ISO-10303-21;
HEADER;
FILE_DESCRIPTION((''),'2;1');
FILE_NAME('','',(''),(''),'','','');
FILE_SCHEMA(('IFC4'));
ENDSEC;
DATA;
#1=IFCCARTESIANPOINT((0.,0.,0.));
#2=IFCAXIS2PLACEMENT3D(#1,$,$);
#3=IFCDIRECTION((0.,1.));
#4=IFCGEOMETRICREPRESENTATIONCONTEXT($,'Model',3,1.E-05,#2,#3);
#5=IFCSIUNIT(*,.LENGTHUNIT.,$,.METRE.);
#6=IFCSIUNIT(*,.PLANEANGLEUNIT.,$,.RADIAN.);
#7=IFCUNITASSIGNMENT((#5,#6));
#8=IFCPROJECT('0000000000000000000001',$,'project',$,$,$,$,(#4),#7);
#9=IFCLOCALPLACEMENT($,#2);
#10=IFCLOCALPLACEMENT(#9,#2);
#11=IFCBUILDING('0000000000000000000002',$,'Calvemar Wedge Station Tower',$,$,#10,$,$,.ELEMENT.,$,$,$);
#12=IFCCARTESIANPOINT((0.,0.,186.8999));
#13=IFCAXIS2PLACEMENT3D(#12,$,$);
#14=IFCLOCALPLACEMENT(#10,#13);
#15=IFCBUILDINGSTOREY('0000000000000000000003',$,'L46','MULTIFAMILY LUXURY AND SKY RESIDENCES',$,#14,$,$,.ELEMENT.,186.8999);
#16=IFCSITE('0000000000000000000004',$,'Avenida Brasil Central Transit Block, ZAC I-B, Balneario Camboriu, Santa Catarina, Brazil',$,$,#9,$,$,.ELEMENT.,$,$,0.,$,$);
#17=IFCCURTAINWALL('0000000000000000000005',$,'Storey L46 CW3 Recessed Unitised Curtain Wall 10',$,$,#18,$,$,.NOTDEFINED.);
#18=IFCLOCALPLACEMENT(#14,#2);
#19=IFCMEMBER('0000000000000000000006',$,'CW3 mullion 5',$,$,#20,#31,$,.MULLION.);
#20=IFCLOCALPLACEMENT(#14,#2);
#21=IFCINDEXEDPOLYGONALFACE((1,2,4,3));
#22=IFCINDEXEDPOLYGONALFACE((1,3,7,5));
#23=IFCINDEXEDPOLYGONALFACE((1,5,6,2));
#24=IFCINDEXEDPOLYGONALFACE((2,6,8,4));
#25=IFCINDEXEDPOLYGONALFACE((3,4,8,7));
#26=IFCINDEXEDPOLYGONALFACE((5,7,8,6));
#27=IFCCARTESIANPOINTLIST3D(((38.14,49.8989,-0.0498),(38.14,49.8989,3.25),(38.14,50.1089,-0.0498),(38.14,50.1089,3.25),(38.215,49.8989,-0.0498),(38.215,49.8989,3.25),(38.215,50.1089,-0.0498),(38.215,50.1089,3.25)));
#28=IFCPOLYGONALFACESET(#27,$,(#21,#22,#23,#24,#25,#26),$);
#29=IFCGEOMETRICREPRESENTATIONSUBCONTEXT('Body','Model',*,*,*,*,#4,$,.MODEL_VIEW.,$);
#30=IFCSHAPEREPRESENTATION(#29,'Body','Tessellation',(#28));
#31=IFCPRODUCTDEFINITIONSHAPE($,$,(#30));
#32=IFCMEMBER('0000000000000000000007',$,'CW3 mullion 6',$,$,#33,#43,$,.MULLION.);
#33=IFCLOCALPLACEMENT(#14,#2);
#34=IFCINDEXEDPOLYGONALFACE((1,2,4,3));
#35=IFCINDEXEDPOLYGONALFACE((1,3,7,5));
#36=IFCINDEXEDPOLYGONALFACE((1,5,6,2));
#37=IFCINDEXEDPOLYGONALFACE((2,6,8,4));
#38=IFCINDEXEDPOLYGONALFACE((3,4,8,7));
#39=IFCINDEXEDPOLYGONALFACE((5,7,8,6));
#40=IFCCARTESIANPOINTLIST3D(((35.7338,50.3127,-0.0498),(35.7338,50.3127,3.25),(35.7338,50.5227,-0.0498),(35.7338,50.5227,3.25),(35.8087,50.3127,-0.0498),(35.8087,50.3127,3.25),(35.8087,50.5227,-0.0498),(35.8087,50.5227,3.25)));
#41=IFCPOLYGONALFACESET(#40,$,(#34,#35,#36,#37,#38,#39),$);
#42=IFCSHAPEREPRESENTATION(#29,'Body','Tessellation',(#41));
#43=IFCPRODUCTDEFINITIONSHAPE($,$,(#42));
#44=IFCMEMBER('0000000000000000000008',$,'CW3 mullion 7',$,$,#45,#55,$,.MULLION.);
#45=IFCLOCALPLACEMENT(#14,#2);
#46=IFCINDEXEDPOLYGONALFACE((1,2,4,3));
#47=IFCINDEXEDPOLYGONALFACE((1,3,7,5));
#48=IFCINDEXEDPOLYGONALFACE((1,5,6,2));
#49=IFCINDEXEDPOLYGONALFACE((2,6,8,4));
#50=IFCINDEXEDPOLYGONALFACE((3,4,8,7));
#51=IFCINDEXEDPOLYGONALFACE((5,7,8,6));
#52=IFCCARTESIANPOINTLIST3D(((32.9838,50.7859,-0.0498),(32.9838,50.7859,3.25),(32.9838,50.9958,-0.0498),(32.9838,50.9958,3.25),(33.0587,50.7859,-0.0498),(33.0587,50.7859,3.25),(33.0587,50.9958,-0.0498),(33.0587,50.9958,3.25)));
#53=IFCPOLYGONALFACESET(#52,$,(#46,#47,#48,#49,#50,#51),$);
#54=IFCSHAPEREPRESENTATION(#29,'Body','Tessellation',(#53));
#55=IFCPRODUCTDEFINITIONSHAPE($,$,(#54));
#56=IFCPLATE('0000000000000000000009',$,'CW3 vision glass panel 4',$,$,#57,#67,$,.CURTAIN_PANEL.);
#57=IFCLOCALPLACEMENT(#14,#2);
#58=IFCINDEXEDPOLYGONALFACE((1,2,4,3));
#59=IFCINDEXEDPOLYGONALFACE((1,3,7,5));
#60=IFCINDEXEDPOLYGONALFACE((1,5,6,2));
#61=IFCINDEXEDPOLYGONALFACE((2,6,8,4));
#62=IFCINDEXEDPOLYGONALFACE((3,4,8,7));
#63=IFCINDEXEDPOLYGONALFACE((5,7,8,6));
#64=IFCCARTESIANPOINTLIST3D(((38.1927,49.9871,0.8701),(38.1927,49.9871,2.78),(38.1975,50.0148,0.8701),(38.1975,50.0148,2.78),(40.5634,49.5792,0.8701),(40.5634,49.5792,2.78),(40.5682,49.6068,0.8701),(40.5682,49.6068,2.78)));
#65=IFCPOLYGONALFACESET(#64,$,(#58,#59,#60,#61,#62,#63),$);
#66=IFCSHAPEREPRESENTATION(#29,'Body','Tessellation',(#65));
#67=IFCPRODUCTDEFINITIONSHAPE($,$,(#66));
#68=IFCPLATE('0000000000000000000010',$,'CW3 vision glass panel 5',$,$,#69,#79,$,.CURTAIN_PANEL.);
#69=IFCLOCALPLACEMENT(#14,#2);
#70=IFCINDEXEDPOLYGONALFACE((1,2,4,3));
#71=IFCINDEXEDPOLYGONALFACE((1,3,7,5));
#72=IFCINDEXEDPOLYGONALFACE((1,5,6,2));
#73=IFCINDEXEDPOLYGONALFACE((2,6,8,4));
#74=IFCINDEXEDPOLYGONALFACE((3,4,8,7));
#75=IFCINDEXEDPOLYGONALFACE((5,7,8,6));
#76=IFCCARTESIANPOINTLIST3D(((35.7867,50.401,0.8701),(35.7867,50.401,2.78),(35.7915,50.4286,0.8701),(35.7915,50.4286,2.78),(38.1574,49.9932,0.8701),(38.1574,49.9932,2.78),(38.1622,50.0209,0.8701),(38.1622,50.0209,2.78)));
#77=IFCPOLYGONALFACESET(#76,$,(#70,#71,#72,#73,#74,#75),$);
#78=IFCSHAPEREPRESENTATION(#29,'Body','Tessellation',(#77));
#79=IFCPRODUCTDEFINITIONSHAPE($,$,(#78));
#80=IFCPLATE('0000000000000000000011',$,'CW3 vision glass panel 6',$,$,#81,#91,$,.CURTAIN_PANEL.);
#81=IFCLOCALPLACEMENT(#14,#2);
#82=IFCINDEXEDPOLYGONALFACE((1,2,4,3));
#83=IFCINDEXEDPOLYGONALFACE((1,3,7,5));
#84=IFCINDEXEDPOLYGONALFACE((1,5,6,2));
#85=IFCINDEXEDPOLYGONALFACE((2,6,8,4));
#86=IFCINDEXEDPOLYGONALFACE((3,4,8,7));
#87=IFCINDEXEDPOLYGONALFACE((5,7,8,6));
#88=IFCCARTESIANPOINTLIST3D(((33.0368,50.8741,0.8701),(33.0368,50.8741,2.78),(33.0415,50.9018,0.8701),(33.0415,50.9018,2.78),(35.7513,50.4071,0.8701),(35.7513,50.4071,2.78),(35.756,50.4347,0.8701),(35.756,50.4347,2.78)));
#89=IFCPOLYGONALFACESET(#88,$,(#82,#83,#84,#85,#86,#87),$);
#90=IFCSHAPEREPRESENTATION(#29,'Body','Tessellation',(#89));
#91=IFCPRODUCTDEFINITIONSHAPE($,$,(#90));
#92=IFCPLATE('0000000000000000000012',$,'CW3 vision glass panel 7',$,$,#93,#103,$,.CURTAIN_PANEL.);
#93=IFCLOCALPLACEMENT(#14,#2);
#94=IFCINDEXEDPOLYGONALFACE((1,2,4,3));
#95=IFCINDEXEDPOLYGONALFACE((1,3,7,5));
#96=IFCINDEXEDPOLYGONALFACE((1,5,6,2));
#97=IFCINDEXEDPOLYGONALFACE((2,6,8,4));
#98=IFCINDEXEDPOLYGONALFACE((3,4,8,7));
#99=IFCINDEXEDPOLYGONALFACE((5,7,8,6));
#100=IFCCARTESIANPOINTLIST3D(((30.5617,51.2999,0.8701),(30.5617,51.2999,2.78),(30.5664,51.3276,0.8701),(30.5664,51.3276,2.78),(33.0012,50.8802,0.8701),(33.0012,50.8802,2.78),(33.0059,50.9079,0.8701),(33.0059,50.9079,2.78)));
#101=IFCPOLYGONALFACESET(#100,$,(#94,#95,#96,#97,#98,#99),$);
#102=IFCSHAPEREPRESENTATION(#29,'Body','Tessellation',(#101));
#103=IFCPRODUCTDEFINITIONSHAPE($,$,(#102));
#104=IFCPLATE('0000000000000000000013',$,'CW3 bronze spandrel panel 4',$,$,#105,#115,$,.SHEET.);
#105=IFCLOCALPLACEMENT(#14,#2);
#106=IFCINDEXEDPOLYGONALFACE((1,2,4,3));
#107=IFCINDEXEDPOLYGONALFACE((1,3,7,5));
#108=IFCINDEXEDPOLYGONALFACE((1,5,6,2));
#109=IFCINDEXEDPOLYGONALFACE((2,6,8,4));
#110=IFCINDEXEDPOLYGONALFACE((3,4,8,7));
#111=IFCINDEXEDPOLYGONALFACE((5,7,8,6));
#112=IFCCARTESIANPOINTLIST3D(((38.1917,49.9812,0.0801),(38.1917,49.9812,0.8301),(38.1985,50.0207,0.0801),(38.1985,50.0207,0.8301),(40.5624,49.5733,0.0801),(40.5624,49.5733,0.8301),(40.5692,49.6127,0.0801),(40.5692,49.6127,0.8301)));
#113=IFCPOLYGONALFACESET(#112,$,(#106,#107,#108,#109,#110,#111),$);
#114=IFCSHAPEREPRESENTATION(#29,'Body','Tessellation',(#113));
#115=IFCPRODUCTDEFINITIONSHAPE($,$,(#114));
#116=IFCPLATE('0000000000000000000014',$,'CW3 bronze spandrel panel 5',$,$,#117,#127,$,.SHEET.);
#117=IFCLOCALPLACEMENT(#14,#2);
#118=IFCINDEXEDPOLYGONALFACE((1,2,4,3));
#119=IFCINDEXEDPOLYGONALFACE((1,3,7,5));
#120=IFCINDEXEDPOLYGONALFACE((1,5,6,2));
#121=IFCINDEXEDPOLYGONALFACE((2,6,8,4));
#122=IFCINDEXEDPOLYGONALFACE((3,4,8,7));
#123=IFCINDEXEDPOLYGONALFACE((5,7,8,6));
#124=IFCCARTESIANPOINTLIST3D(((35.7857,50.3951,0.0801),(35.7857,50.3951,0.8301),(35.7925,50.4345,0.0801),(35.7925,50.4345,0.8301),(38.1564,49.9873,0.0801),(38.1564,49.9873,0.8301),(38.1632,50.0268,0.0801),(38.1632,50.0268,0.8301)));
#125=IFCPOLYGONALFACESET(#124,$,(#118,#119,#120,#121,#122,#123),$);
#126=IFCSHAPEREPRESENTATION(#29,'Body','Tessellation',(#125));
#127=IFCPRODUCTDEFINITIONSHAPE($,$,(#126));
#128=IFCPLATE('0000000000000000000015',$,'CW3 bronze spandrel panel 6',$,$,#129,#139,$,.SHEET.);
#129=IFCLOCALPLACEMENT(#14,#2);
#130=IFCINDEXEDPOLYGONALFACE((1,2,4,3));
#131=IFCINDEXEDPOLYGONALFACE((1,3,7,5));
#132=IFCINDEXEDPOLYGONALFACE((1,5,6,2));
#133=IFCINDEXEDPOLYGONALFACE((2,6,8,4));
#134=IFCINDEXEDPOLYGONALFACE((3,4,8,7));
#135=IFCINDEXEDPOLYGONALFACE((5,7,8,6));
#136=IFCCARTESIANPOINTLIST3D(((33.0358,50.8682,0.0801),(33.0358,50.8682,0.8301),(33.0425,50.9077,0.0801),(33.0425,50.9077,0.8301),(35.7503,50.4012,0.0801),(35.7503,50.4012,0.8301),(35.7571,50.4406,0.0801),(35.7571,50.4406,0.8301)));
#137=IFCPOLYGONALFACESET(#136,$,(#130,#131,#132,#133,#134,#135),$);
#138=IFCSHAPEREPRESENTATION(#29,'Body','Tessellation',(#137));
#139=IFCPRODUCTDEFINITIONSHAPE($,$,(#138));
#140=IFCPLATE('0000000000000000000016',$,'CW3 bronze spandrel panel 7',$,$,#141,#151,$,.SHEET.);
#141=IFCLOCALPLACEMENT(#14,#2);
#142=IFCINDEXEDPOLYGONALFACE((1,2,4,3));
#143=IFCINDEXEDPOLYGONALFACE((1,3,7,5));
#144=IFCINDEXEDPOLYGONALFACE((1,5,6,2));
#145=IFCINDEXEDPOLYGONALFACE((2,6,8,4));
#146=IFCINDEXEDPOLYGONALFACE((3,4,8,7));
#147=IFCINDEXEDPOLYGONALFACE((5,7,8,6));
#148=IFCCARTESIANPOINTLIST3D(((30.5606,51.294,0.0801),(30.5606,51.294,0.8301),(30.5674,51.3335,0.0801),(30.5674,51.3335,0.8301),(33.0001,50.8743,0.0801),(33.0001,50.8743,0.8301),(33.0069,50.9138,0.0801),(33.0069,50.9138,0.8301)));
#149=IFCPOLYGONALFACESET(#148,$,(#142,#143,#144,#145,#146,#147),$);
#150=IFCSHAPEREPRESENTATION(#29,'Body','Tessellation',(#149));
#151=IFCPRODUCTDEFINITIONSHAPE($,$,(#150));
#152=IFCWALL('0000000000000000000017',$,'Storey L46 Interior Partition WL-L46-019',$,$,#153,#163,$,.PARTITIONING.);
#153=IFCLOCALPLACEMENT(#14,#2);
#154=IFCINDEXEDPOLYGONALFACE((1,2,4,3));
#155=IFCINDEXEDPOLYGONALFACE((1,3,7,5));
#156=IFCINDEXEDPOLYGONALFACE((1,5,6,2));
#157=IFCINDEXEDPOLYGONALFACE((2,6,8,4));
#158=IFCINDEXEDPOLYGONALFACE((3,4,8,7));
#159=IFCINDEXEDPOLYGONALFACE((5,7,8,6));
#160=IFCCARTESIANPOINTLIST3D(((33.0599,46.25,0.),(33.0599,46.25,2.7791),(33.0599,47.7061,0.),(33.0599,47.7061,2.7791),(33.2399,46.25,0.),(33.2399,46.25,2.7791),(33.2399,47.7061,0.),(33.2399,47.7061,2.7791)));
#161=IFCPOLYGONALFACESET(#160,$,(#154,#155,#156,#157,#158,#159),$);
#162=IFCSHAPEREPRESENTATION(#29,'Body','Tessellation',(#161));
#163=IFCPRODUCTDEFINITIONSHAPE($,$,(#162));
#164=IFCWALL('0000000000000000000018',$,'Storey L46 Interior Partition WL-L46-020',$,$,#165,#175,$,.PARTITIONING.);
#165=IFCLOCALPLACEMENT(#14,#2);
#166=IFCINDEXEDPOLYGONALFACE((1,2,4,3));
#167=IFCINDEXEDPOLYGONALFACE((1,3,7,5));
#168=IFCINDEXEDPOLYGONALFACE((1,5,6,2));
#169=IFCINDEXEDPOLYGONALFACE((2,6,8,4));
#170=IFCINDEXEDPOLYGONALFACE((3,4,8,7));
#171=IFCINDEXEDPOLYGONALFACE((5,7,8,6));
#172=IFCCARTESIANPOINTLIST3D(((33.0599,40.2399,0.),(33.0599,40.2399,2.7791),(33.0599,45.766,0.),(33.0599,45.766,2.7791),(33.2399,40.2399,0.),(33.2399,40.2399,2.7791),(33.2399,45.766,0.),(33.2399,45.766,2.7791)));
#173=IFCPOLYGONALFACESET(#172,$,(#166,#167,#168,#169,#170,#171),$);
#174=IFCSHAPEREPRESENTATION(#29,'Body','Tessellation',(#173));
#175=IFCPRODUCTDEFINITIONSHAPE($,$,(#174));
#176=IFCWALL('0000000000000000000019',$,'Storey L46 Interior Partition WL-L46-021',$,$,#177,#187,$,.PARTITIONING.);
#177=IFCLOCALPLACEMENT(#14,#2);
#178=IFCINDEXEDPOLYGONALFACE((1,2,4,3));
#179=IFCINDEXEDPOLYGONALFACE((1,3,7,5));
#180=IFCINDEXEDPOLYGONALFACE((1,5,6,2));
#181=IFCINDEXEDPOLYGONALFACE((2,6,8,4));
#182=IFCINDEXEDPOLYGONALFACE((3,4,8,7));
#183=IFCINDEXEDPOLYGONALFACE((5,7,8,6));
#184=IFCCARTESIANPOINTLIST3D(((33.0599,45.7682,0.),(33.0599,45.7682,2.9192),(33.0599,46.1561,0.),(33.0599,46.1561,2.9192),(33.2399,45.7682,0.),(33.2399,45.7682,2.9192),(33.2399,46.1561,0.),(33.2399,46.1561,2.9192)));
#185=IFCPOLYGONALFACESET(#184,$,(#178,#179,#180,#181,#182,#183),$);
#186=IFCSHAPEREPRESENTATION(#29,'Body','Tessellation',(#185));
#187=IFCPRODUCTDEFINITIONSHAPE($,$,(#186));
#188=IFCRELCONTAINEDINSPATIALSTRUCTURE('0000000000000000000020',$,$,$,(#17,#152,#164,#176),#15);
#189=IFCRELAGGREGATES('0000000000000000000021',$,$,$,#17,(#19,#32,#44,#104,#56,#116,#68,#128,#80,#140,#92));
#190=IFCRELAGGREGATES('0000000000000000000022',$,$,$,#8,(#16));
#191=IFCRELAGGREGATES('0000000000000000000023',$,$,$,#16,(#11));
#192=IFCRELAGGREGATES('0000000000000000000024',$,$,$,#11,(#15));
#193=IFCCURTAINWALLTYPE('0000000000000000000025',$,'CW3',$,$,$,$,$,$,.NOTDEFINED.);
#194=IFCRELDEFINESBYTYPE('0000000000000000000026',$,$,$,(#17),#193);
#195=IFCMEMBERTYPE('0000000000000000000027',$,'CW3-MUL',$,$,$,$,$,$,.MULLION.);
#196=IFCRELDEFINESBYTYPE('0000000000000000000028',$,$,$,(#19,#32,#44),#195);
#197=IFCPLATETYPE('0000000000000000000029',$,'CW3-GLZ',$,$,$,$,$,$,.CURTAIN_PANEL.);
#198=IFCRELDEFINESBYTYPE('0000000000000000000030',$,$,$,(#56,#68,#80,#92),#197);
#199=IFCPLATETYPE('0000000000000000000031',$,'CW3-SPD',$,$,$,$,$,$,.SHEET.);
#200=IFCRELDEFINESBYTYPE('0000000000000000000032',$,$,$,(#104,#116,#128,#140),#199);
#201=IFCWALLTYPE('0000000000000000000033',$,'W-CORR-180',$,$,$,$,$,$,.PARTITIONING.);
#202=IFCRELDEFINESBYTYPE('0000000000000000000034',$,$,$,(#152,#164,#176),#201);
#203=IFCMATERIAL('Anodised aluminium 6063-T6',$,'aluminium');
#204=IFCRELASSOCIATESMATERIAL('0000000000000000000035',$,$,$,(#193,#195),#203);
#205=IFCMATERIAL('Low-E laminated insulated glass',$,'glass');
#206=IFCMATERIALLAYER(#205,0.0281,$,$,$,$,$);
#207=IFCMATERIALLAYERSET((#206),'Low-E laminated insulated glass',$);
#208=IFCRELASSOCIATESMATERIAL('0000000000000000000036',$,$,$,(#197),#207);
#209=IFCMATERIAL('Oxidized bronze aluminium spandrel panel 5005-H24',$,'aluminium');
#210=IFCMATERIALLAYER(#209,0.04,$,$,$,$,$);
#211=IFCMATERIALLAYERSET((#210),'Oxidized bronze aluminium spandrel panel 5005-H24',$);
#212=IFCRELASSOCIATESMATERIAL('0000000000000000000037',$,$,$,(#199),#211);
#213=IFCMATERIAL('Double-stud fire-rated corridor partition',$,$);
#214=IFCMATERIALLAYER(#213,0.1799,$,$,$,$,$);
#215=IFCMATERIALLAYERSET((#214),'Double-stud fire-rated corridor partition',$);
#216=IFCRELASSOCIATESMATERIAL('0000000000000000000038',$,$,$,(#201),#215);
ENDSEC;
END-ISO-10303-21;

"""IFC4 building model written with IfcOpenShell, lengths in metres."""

from ifc_helpers import new_model, si_unit, direction, frame, frame_2d, origin, origin_2d, place, context, subcontext, project, spatial, rectangle, extrude, source, transform, mapped, material, layer, layer_set, material_profile, profile_set, type_object, element, aggregate, save


model = new_model("IFC4")

# Units and contexts
model_context = context("Model", 3, precision=1e-05, world=origin(), true_north=direction((0.0, 1.0)))
body_context = subcontext(model_context, "Body", "Model", "MODEL_VIEW")
ifc_project = project(units=[si_unit("LENGTHUNIT", "METRE"), si_unit("PLANEANGLEUNIT", "RADIAN")], contexts=[model_context])

# Site, building, storey
site_placement = place(None, origin())
site = spatial("IfcSite", under=ifc_project, at=site_placement, Name="Avenida Brasil Central Transit Block, ZAC I-B, Balneario Camboriu, Santa Catarina, Brazil", CompositionType="ELEMENT", RefElevation=0.0)
building_placement = place(site_placement, origin())
building = spatial("IfcBuilding", under=site, at=building_placement, Name="Calvemar Wedge Station Tower", CompositionType="ELEMENT")
storey_placement = place(building_placement, frame((0.0, 0.0, 186.8999)))
storey = spatial("IfcBuildingStorey", under=building, at=storey_placement, Name="L46", Description="MULTIFAMILY LUXURY AND SKY RESIDENCES", CompositionType="ELEMENT", Elevation=186.8999)

# Curtain wall, members, plates
ifc_material_1 = material(Name="Anodised aluminium 6063-T6", Category="aluminium")
curtain_wall_type = type_object("IfcCurtainWallType", Name="CW3", PredefinedType="NOTDEFINED", material=ifc_material_1)
curtain_wall_placement = place(storey_placement, origin())
curtain_wall = element("IfcCurtainWall", 1, at=curtain_wall_placement, inside=storey, type_object=curtain_wall_type, Name="Storey L46 CW3 Recessed Unitised Curtain Wall 10", PredefinedType="NOTDEFINED")
ifc_material_profile_1 = material_profile(ifc_material_1, rectangle(XDim=0.075, YDim=0.21, at=origin_2d()), Name="AL-MUL-75x210")
ifc_profile_set_1 = profile_set([ifc_material_profile_1], Name="Anodised aluminium 6063-T6")
member_type = type_object("IfcMemberType", Name="CW3-MUL", PredefinedType="MULLION", material=ifc_profile_set_1)
shared_shape_1 = source(origin(), body_context, "Body", "SweptSolid", [
    extrude(rectangle(XDim=0.075, YDim=0.21, at=origin_2d()), origin(), (0.0, 0.0, 1.0), 3.2998),
])
member_1_placement = place(storey_placement, frame((38.1775, 50.0039, -0.0498), z_axis=(0.0, 0.0, 1.0), x_axis=(1.0, 0.0, 0.0)))
member_1 = element("IfcMember", 2, at=member_1_placement, type_object=member_type, Name="CW3 mullion 5", PredefinedType="MULLION", context=body_context, shape_type="MappedRepresentation", body=[
    mapped(shared_shape_1, transform((0.0, 0.0, 0.0), scale=1.0)),
])
member_2_placement = place(storey_placement, frame((35.7712, 50.4177, -0.0498), z_axis=(0.0, 0.0, 1.0), x_axis=(1.0, 0.0, 0.0)))
member_2 = element("IfcMember", 3, at=member_2_placement, type_object=member_type, Name="CW3 mullion 6", PredefinedType="MULLION", context=body_context, shape_type="MappedRepresentation", body=[
    mapped(shared_shape_1, transform((0.0, 0.0, 0.0), scale=1.0)),
])
member_3_placement = place(storey_placement, frame((33.0212, 50.8909, -0.0498), z_axis=(0.0, 0.0, 1.0), x_axis=(1.0, 0.0, 0.0)))
member_3 = element("IfcMember", 4, at=member_3_placement, type_object=member_type, Name="CW3 mullion 7", PredefinedType="MULLION", context=body_context, shape_type="MappedRepresentation", body=[
    mapped(shared_shape_1, transform((0.0, 0.0, 0.0), scale=1.0)),
])
ifc_material_2 = material(Name="Low-E laminated insulated glass", Category="glass")
ifc_layer_1 = layer(ifc_material_2, 0.0281)
ifc_layer_set_1 = layer_set([ifc_layer_1], Name="Low-E laminated insulated glass")
plate_type_1 = type_object("IfcPlateType", Name="CW3-GLZ", PredefinedType="CURTAIN_PANEL", material=ifc_layer_set_1)
plate_1_placement = place(storey_placement, frame((40.5657, 49.593, 0.8701), z_axis=(0.0, 0.0, 1.0), x_axis=(-0.985513, 0.169598, 0.0)))
plate_1 = element("IfcPlate", 5, at=plate_1_placement, type_object=plate_type_1, Name="CW3 vision glass panel 4", PredefinedType="CURTAIN_PANEL", context=body_context, shape_type="SweptSolid", body=[
    extrude(rectangle(XDim=2.4055, YDim=0.0281, at=frame_2d((1.2026, 0.0))), origin(), (0.0, 0.0, 1.0), 1.9099),
])
plate_2_placement = place(storey_placement, frame((38.1597, 50.0071, 0.8701), z_axis=(0.0, 0.0, 1.0), x_axis=(-0.98553, 0.169499, 0.0)))
plate_2 = element("IfcPlate", 6, at=plate_2_placement, type_object=plate_type_1, Name="CW3 vision glass panel 5", PredefinedType="CURTAIN_PANEL", context=body_context, shape_type="SweptSolid", body=[
    extrude(rectangle(XDim=2.4055, YDim=0.0281, at=frame_2d((1.2026, 0.0))), origin(), (0.0, 0.0, 1.0), 1.9099),
])
plate_3_placement = place(storey_placement, frame((35.7537, 50.4209, 0.8701), z_axis=(0.0, 0.0, 1.0), x_axis=(-0.98552, 0.169557, 0.0)))
plate_3 = element("IfcPlate", 7, at=plate_3_placement, type_object=plate_type_1, Name="CW3 vision glass panel 6", PredefinedType="CURTAIN_PANEL", context=body_context, shape_type="SweptSolid", body=[
    extrude(rectangle(XDim=2.7544, YDim=0.0281, at=frame_2d((1.3772, 0.0))), origin(), (0.0, 0.0, 1.0), 1.9099),
])
plate_4_placement = place(storey_placement, frame((33.0037, 50.894, 0.8701), z_axis=(0.0, 0.0, 1.0), x_axis=(-0.985522, 0.169547, 0.0)))
plate_4 = element("IfcPlate", 8, at=plate_4_placement, type_object=plate_type_1, Name="CW3 vision glass panel 7", PredefinedType="CURTAIN_PANEL", context=body_context, shape_type="SweptSolid", body=[
    extrude(rectangle(XDim=2.4753, YDim=0.0281, at=frame_2d((1.2378, 0.0))), origin(), (0.0, 0.0, 1.0), 1.9099),
])
ifc_material_3 = material(Name="Oxidized bronze aluminium spandrel panel 5005-H24", Category="aluminium")
ifc_layer_2 = layer(ifc_material_3, 0.04)
ifc_layer_set_2 = layer_set([ifc_layer_2], Name="Oxidized bronze aluminium spandrel panel 5005-H24")
plate_type_2 = type_object("IfcPlateType", Name="CW3-SPD", PredefinedType="SHEET", material=ifc_layer_set_2)
plate_5_placement = place(storey_placement, frame((40.5657, 49.593, 0.0801), z_axis=(0.0, 0.0, 1.0), x_axis=(-0.985513, 0.169598, 0.0)))
plate_5 = element("IfcPlate", 9, at=plate_5_placement, type_object=plate_type_2, Name="CW3 bronze spandrel panel 4", PredefinedType="SHEET", context=body_context, shape_type="SweptSolid", body=[
    extrude(rectangle(XDim=2.4055, YDim=0.04, at=frame_2d((1.2026, 0.0))), origin(), (0.0, 0.0, 1.0), 0.75),
])
plate_6_placement = place(storey_placement, frame((38.1597, 50.0071, 0.0801), z_axis=(0.0, 0.0, 1.0), x_axis=(-0.98553, 0.169499, 0.0)))
plate_6 = element("IfcPlate", 10, at=plate_6_placement, type_object=plate_type_2, Name="CW3 bronze spandrel panel 5", PredefinedType="SHEET", context=body_context, shape_type="SweptSolid", body=[
    extrude(rectangle(XDim=2.4055, YDim=0.04, at=frame_2d((1.2026, 0.0))), origin(), (0.0, 0.0, 1.0), 0.75),
])
plate_7_placement = place(storey_placement, frame((35.7537, 50.4209, 0.0801), z_axis=(0.0, 0.0, 1.0), x_axis=(-0.98552, 0.169557, 0.0)))
plate_7 = element("IfcPlate", 11, at=plate_7_placement, type_object=plate_type_2, Name="CW3 bronze spandrel panel 6", PredefinedType="SHEET", context=body_context, shape_type="SweptSolid", body=[
    extrude(rectangle(XDim=2.7544, YDim=0.04, at=frame_2d((1.3772, 0.0))), origin(), (0.0, 0.0, 1.0), 0.75),
])
plate_8_placement = place(storey_placement, frame((33.0037, 50.894, 0.0801), z_axis=(0.0, 0.0, 1.0), x_axis=(-0.985522, 0.169547, 0.0)))
plate_8 = element("IfcPlate", 12, at=plate_8_placement, type_object=plate_type_2, Name="CW3 bronze spandrel panel 7", PredefinedType="SHEET", context=body_context, shape_type="SweptSolid", body=[
    extrude(rectangle(XDim=2.4753, YDim=0.04, at=frame_2d((1.2378, 0.0))), origin(), (0.0, 0.0, 1.0), 0.75),
])
aggregate(curtain_wall, [member_1, member_2, member_3, plate_5, plate_1, plate_6, plate_2, plate_7, plate_3, plate_8, plate_4])

# Walls
ifc_material_4 = material(Name="Double-stud fire-rated corridor partition")
ifc_layer_3 = layer(ifc_material_4, 0.1799)
ifc_layer_set_3 = layer_set([ifc_layer_3], Name="Double-stud fire-rated corridor partition")
wall_type_1 = type_object("IfcWallType", Name="W-CORR-180", PredefinedType="PARTITIONING", material=ifc_layer_set_3)
wall_1_placement = place(storey_placement, frame((33.1499, 47.7061, 0.0), z_axis=(0.0, 0.0, 1.0), x_axis=(0.0, -1.0, 0.0)))
element("IfcWall", 13, at=wall_1_placement, inside=storey, type_object=wall_type_1, Name="Storey L46 Interior Partition WL-L46-019", PredefinedType="PARTITIONING", context=body_context, shape_type="SweptSolid", body=[
    extrude(rectangle(XDim=1.4561, YDim=0.1799, at=frame_2d((0.728, 0.0))), origin(), (0.0, 0.0, 1.0), 2.7791),
])
wall_2_placement = place(storey_placement, frame((33.1499, 45.7661, 0.0), z_axis=(0.0, 0.0, 1.0), x_axis=(0.0, -1.0, 0.0)))
element("IfcWall", 14, at=wall_2_placement, inside=storey, type_object=wall_type_1, Name="Storey L46 Interior Partition WL-L46-020", PredefinedType="PARTITIONING", context=body_context, shape_type="SweptSolid", body=[
    extrude(rectangle(XDim=5.5261, YDim=0.1799, at=frame_2d((2.7632, 0.0))), origin(), (0.0, 0.0, 1.0), 2.7791),
])
wall_3_placement = place(storey_placement, frame((33.1499, 46.156, 0.0), z_axis=(0.0, 0.0, 1.0), x_axis=(0.0, -1.0, 0.0)))
element("IfcWall", 15, at=wall_3_placement, inside=storey, type_object=wall_type_1, Name="Storey L46 Interior Partition WL-L46-021", PredefinedType="PARTITIONING", context=body_context, shape_type="SweptSolid", body=[
    extrude(rectangle(XDim=0.3879, YDim=0.1799, at=frame_2d((0.1938, 0.0))), origin(), (0.0, 0.0, 1.0), 2.9192),
])

save(model, "model.ifc")
